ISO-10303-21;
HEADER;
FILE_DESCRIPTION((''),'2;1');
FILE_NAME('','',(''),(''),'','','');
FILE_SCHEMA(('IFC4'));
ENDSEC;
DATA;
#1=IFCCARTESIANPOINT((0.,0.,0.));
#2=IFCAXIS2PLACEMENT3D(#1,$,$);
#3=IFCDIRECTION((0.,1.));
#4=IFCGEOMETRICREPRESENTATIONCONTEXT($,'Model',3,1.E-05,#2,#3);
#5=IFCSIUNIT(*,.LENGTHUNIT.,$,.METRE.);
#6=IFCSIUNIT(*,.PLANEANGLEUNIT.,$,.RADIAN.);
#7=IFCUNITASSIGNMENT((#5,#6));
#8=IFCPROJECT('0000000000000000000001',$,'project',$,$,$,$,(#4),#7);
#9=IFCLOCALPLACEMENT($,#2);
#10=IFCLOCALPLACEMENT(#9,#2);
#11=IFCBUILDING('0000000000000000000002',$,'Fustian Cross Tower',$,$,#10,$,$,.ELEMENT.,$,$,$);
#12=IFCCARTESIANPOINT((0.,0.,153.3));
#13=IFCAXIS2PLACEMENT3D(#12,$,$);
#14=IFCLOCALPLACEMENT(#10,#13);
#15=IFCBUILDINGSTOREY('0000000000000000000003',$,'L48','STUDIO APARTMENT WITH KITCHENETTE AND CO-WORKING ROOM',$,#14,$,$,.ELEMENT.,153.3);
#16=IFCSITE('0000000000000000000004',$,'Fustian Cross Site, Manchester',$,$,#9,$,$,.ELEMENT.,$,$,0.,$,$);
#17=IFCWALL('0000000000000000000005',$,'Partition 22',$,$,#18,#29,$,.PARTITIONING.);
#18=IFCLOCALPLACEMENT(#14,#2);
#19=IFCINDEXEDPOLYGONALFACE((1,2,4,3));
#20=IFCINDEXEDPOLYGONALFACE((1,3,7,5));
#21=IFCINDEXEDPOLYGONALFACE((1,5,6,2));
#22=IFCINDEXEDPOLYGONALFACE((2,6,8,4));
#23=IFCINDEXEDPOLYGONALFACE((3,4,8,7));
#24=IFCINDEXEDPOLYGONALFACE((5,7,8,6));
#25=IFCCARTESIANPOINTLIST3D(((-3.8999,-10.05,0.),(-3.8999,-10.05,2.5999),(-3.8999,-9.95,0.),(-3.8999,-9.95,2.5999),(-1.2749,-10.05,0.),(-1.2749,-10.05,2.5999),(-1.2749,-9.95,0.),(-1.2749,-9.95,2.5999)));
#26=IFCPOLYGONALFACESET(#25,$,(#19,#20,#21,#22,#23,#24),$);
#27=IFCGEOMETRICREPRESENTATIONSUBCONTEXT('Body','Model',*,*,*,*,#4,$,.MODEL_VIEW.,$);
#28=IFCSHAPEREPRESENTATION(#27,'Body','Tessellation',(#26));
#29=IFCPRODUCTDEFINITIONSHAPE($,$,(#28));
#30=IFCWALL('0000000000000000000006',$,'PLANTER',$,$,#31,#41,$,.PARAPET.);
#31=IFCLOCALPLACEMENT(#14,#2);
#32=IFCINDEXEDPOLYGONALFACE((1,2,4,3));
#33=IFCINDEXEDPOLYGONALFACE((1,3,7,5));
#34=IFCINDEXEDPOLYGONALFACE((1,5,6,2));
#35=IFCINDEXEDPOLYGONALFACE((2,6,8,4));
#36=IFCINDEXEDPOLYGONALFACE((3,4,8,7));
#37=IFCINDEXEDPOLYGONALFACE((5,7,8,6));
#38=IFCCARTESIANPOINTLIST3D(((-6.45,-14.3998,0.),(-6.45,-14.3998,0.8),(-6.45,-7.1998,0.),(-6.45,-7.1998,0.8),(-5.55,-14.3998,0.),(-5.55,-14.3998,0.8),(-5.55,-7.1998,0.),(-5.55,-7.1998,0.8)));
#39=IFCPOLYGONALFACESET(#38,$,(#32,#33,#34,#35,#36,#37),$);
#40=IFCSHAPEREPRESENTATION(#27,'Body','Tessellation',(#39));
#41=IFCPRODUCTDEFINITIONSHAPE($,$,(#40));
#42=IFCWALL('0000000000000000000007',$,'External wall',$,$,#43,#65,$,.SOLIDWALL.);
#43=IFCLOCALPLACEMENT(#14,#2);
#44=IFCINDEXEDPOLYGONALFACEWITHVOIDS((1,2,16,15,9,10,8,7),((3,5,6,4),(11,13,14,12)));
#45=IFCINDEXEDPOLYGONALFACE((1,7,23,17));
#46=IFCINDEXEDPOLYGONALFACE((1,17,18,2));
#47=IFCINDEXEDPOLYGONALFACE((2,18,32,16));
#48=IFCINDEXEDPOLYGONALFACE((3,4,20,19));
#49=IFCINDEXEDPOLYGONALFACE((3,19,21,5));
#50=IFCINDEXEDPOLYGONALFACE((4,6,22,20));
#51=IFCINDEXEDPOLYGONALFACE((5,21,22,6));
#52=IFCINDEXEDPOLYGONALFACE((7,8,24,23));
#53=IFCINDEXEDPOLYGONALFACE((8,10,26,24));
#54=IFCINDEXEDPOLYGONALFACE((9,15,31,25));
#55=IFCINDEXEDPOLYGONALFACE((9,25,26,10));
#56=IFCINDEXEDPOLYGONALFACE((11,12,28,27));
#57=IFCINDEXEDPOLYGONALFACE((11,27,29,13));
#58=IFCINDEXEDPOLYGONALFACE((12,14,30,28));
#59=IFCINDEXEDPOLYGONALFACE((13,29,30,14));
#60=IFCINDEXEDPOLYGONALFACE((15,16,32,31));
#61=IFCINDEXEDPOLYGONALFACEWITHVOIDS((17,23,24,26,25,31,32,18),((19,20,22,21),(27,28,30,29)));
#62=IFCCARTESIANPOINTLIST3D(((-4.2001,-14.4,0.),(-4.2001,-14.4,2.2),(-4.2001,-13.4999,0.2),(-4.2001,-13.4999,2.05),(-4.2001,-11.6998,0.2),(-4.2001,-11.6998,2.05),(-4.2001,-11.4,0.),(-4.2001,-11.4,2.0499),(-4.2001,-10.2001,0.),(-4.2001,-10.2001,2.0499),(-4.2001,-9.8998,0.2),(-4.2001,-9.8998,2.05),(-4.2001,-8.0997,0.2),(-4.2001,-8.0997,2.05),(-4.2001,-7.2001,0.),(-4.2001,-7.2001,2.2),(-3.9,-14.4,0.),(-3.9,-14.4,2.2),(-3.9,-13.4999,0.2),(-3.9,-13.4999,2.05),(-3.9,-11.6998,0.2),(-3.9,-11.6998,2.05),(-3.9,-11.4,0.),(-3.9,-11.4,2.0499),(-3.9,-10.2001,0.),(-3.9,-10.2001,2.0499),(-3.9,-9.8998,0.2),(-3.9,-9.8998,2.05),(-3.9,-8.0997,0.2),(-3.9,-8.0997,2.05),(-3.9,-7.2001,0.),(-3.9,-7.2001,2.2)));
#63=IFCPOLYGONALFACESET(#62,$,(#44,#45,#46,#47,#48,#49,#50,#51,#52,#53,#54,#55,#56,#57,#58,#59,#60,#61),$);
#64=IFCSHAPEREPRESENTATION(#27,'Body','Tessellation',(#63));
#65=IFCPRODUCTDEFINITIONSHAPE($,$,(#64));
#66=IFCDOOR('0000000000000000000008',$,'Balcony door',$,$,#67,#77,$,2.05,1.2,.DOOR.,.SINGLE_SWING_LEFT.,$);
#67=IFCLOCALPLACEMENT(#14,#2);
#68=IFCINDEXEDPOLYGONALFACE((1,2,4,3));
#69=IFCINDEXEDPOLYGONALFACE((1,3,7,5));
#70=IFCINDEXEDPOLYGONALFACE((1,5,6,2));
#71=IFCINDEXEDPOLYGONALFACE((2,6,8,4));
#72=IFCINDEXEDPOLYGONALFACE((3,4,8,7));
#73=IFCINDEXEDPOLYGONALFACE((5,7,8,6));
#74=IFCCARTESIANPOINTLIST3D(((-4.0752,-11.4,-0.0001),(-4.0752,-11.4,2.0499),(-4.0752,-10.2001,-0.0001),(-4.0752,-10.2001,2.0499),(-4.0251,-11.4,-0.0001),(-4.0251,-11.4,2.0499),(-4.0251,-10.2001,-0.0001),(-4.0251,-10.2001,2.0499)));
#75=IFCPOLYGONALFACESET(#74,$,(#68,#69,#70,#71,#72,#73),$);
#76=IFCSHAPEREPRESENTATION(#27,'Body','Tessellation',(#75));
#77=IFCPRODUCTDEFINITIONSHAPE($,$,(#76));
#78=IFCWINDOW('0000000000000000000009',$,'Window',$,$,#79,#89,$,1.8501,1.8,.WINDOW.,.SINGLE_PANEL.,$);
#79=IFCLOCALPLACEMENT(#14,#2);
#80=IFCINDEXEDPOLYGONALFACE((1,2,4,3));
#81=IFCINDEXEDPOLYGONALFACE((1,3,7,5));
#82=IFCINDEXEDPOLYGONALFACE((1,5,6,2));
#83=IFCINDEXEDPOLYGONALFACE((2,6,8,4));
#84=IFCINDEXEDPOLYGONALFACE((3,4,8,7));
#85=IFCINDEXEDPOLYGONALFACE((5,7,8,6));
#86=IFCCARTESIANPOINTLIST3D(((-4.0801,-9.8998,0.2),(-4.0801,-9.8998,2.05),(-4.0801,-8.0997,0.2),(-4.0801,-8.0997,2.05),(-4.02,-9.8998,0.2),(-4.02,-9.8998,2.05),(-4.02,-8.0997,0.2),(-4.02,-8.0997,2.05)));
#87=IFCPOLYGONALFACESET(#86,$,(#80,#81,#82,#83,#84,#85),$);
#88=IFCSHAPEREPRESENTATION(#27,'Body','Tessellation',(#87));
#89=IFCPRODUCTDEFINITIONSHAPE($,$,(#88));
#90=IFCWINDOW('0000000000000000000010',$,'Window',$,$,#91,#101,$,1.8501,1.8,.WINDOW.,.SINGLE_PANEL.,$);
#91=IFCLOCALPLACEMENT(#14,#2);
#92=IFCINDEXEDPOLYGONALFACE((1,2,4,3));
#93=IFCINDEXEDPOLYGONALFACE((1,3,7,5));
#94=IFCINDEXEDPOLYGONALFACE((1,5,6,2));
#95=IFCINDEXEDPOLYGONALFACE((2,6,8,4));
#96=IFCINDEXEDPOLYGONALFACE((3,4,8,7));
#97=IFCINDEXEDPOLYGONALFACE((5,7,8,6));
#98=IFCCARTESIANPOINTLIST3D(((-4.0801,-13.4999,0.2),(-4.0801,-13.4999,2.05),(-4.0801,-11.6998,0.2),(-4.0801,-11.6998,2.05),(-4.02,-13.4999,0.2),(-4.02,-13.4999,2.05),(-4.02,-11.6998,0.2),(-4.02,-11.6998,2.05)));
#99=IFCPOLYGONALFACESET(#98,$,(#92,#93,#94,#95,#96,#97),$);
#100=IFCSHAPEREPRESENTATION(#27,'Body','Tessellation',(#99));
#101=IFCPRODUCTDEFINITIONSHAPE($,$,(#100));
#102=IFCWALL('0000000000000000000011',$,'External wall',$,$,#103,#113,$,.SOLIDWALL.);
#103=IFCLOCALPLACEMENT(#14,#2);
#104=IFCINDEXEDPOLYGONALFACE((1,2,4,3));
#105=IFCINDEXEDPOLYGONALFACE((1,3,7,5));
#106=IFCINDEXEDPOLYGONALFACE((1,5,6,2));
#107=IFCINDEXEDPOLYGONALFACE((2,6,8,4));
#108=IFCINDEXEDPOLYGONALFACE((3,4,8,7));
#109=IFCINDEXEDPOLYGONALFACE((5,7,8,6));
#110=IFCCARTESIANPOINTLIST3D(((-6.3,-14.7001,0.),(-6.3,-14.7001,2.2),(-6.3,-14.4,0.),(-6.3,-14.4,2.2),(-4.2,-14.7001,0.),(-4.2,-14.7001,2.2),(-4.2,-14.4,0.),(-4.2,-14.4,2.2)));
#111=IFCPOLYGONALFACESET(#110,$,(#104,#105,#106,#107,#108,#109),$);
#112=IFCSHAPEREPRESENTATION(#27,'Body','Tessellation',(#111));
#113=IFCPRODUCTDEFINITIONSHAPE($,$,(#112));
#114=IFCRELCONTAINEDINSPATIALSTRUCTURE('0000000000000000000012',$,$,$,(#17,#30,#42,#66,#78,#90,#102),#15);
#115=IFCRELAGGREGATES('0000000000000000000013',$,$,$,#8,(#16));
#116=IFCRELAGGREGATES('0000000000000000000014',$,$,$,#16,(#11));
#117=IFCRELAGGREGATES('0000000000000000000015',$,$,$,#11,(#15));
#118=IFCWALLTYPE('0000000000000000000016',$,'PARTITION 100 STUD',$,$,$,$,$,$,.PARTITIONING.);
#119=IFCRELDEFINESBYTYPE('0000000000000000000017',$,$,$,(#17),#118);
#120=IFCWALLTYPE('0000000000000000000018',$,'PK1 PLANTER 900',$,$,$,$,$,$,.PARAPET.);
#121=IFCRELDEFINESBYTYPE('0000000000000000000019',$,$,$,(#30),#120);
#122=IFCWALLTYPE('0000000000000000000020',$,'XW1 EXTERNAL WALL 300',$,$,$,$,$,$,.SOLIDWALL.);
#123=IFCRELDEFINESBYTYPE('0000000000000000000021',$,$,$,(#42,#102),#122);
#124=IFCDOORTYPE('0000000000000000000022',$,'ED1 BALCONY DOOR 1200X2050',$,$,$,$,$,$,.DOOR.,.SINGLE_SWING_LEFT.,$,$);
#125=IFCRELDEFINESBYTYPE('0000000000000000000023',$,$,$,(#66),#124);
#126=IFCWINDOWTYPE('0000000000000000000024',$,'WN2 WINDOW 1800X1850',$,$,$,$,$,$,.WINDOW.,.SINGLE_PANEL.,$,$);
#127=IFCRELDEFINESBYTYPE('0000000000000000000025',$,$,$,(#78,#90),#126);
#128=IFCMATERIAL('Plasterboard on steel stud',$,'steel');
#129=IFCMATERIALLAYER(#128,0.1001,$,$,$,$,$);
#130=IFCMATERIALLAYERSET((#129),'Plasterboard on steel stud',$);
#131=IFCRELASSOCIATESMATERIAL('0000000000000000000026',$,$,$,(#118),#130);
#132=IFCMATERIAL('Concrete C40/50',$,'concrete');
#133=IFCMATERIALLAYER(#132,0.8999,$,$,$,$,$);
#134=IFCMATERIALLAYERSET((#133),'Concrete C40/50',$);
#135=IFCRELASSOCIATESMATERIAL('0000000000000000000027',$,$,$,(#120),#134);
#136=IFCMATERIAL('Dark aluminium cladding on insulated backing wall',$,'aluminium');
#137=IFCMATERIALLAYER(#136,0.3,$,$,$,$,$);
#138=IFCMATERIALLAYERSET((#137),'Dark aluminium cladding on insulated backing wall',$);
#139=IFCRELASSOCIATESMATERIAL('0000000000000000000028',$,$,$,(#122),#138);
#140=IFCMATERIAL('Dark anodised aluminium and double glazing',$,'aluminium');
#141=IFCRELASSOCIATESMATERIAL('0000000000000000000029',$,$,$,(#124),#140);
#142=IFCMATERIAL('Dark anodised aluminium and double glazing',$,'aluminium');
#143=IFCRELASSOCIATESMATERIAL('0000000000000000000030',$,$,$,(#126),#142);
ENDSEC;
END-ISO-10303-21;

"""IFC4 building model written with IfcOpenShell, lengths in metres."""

from ifc_helpers import new_model, si_unit, direction, frame, frame_2d, origin, place, context, subcontext, project, spatial, rectangle, extrude, material, layer, layer_set, type_object, element, fill, save


model = new_model("IFC4")

# Units and contexts
model_context = context("Model", 3, precision=1e-05, world=origin(), true_north=direction((0.0, 1.0)))
body_context = subcontext(model_context, "Body", "Model", "MODEL_VIEW")
ifc_project = project(units=[si_unit("LENGTHUNIT", "METRE"), si_unit("PLANEANGLEUNIT", "RADIAN")], contexts=[model_context])

# Site, building, storey
site_placement = place(None, origin())
site = spatial("IfcSite", under=ifc_project, at=site_placement, Name="Fustian Cross Site, Manchester", CompositionType="ELEMENT", RefElevation=0.0)
building_placement = place(site_placement, origin())
building = spatial("IfcBuilding", under=site, at=building_placement, Name="Fustian Cross Tower", CompositionType="ELEMENT")
storey_placement = place(building_placement, frame((0.0, 0.0, 153.3)))
storey = spatial("IfcBuildingStorey", under=building, at=storey_placement, Name="L48", Description="STUDIO APARTMENT WITH KITCHENETTE AND CO-WORKING ROOM", CompositionType="ELEMENT", Elevation=153.3)

# Walls
ifc_material_1 = material(Name="Plasterboard on steel stud", Category="steel")
ifc_layer_1 = layer(ifc_material_1, 0.1001)
ifc_layer_set_1 = layer_set([ifc_layer_1], Name="Plasterboard on steel stud")
wall_type_1 = type_object("IfcWallType", Name="PARTITION 100 STUD", PredefinedType="PARTITIONING", material=ifc_layer_set_1)
for number, where, z_axis, x_axis, name in (
    (1, (-3.8999, -10.0, 0.0), (0.0, 0.0, 1.0), (1.0, 0.0, 0.0), "Partition 22"),
):
    element("IfcWall", number, at=place(storey_placement, frame(where, z_axis=z_axis, x_axis=x_axis)), inside=storey, type_object=wall_type_1, Name=name, PredefinedType="PARTITIONING", context=body_context, shape_type="SweptSolid", body=[
        extrude(rectangle(XDim=2.625, YDim=0.1001, at=frame_2d((1.3125, 0.0))), origin(), (0.0, 0.0, 1.0), 2.5999),
    ])
ifc_material_2 = material(Name="Concrete C40/50", Category="concrete")
ifc_layer_2 = layer(ifc_material_2, 0.8999)
ifc_layer_set_2 = layer_set([ifc_layer_2], Name="Concrete C40/50")
wall_type_2 = type_object("IfcWallType", Name="PK1 PLANTER 900", PredefinedType="PARAPET", material=ifc_layer_set_2)
wall_1_placement = place(storey_placement, frame((-6.0, -14.3999, 0.0), z_axis=(0.0, 0.0, 1.0), x_axis=(0.0, 1.0, 0.0)))
element("IfcWall", 2, at=wall_1_placement, inside=storey, type_object=wall_type_2, Name="PLANTER", PredefinedType="PARAPET", context=body_context, shape_type="SweptSolid", body=[
    extrude(rectangle(XDim=7.2, YDim=0.8999, at=frame_2d((3.6001, 0.0))), origin(), (0.0, 0.0, 1.0), 0.8),
])

# Wall, openings, door, windows
ifc_material_3 = material(Name="Dark aluminium cladding on insulated backing wall", Category="aluminium")
ifc_layer_3 = layer(ifc_material_3, 0.3)
ifc_layer_set_3 = layer_set([ifc_layer_3], Name="Dark aluminium cladding on insulated backing wall")
wall_type_3 = type_object("IfcWallType", Name="XW1 EXTERNAL WALL 300", PredefinedType="SOLIDWALL", material=ifc_layer_set_3)
wall_2_placement = place(storey_placement, frame((-4.05, -7.2, 0.0), z_axis=(0.0, 0.0, 1.0), x_axis=(0.0, -1.0, 0.0)))
wall_2 = element("IfcWall", 3, at=wall_2_placement, inside=storey, type_object=wall_type_3, Name="External wall", PredefinedType="SOLIDWALL", context=body_context, shape_type="SweptSolid", body=[
    extrude(rectangle(XDim=7.2, YDim=0.3, at=frame_2d((3.6001, 0.0))), origin(), (0.0, 0.0, 1.0), 2.2),
])
opening_1_placement = place(wall_2_placement, frame((3.0, 0.0, 0.0)))
opening_1 = element("IfcOpeningElement", 4, at=opening_1_placement, cuts=wall_2, PredefinedType="OPENING", context=body_context, shape_type="SweptSolid", body=[
    extrude(rectangle(XDim=1.2, YDim=2.05, at=frame_2d((0.6001, 1.0249))), frame((0.0, 0.1599, 0.0), z_axis=(0.0, -1.0, 0.0), x_axis=(1.0, 0.0, 0.0)), (0.0, 0.0, 1.0), 0.3201),
])
opening_2_placement = place(wall_2_placement, frame((0.8999, 0.0, 0.2)))
opening_2 = element("IfcOpeningElement", 5, at=opening_2_placement, cuts=wall_2, PredefinedType="OPENING", context=body_context, shape_type="SweptSolid", body=[
    extrude(rectangle(XDim=1.8, YDim=1.8501, at=frame_2d((0.8999, 0.925))), frame((0.0, 0.1599, 0.0), z_axis=(0.0, -1.0, 0.0), x_axis=(1.0, 0.0, 0.0)), (0.0, 0.0, 1.0), 0.3201),
])
opening_3_placement = place(wall_2_placement, frame((4.5, 0.0, 0.2)))
opening_3 = element("IfcOpeningElement", 6, at=opening_3_placement, cuts=wall_2, PredefinedType="OPENING", context=body_context, shape_type="SweptSolid", body=[
    extrude(rectangle(XDim=1.8, YDim=1.8501, at=frame_2d((0.8999, 0.925))), frame((0.0, 0.1599, 0.0), z_axis=(0.0, -1.0, 0.0), x_axis=(1.0, 0.0, 0.0)), (0.0, 0.0, 1.0), 0.3201),
])
ifc_material_4 = material(Name="Dark anodised aluminium and double glazing", Category="aluminium")
door_type_1 = type_object("IfcDoorType", Name="ED1 BALCONY DOOR 1200X2050", OperationType="SINGLE_SWING_LEFT", PredefinedType="DOOR", material=ifc_material_4)
door_1_placement = place(opening_1_placement, origin())
door_1 = element("IfcDoor", 7, at=door_1_placement, inside=storey, type_object=door_type_1, Name="Balcony door", OperationType="SINGLE_SWING_LEFT", OverallHeight=2.05, OverallWidth=1.2, PredefinedType="DOOR", context=body_context, shape_type="SweptSolid", body=[
    extrude(rectangle(XDim=1.2, YDim=2.05, at=frame_2d((0.6001, 1.0249))), frame((0.0, 0.0249, 0.0), z_axis=(0.0, -1.0, 0.0), x_axis=(1.0, 0.0, 0.0)), (0.0, 0.0, 1.0), 0.05),
])
fill(opening_1, door_1)
ifc_material_5 = material(Name="Dark anodised aluminium and double glazing", Category="aluminium")
window_type = type_object("IfcWindowType", Name="WN2 WINDOW 1800X1850", PartitioningType="SINGLE_PANEL", PredefinedType="WINDOW", material=ifc_material_5)
window_1_placement = place(opening_2_placement, origin())
window_1 = element("IfcWindow", 8, at=window_1_placement, inside=storey, type_object=window_type, Name="Window", OverallHeight=1.8501, OverallWidth=1.8, PartitioningType="SINGLE_PANEL", PredefinedType="WINDOW", context=body_context, shape_type="SweptSolid", body=[
    extrude(rectangle(XDim=1.8, YDim=1.8501, at=frame_2d((0.8999, 0.925))), frame((0.0, 0.03, 0.0), z_axis=(0.0, -1.0, 0.0), x_axis=(1.0, 0.0, 0.0)), (0.0, 0.0, 1.0), 0.0601),
])
fill(opening_2, window_1)
window_2_placement = place(opening_3_placement, origin())
window_2 = element("IfcWindow", 9, at=window_2_placement, inside=storey, type_object=window_type, Name="Window", OverallHeight=1.8501, OverallWidth=1.8, PartitioningType="SINGLE_PANEL", PredefinedType="WINDOW", context=body_context, shape_type="SweptSolid", body=[
    extrude(rectangle(XDim=1.8, YDim=1.8501, at=frame_2d((0.8999, 0.925))), frame((0.0, 0.03, 0.0), z_axis=(0.0, -1.0, 0.0), x_axis=(1.0, 0.0, 0.0)), (0.0, 0.0, 1.0), 0.0601),
])
fill(opening_3, window_2)

# Wall
wall_3_placement = place(storey_placement, frame((-4.2, -14.55, 0.0), z_axis=(0.0, 0.0, 1.0), x_axis=(-1.0, 0.0, 0.0)))
element("IfcWall", 10, at=wall_3_placement, inside=storey, type_object=wall_type_3, Name="External wall", PredefinedType="SOLIDWALL", context=body_context, shape_type="SweptSolid", body=[
    extrude(rectangle(XDim=2.1001, YDim=0.3, at=frame_2d((1.05, 0.0))), origin(), (0.0, 0.0, 1.0), 2.2),
])

save(model, "model.ifc")
